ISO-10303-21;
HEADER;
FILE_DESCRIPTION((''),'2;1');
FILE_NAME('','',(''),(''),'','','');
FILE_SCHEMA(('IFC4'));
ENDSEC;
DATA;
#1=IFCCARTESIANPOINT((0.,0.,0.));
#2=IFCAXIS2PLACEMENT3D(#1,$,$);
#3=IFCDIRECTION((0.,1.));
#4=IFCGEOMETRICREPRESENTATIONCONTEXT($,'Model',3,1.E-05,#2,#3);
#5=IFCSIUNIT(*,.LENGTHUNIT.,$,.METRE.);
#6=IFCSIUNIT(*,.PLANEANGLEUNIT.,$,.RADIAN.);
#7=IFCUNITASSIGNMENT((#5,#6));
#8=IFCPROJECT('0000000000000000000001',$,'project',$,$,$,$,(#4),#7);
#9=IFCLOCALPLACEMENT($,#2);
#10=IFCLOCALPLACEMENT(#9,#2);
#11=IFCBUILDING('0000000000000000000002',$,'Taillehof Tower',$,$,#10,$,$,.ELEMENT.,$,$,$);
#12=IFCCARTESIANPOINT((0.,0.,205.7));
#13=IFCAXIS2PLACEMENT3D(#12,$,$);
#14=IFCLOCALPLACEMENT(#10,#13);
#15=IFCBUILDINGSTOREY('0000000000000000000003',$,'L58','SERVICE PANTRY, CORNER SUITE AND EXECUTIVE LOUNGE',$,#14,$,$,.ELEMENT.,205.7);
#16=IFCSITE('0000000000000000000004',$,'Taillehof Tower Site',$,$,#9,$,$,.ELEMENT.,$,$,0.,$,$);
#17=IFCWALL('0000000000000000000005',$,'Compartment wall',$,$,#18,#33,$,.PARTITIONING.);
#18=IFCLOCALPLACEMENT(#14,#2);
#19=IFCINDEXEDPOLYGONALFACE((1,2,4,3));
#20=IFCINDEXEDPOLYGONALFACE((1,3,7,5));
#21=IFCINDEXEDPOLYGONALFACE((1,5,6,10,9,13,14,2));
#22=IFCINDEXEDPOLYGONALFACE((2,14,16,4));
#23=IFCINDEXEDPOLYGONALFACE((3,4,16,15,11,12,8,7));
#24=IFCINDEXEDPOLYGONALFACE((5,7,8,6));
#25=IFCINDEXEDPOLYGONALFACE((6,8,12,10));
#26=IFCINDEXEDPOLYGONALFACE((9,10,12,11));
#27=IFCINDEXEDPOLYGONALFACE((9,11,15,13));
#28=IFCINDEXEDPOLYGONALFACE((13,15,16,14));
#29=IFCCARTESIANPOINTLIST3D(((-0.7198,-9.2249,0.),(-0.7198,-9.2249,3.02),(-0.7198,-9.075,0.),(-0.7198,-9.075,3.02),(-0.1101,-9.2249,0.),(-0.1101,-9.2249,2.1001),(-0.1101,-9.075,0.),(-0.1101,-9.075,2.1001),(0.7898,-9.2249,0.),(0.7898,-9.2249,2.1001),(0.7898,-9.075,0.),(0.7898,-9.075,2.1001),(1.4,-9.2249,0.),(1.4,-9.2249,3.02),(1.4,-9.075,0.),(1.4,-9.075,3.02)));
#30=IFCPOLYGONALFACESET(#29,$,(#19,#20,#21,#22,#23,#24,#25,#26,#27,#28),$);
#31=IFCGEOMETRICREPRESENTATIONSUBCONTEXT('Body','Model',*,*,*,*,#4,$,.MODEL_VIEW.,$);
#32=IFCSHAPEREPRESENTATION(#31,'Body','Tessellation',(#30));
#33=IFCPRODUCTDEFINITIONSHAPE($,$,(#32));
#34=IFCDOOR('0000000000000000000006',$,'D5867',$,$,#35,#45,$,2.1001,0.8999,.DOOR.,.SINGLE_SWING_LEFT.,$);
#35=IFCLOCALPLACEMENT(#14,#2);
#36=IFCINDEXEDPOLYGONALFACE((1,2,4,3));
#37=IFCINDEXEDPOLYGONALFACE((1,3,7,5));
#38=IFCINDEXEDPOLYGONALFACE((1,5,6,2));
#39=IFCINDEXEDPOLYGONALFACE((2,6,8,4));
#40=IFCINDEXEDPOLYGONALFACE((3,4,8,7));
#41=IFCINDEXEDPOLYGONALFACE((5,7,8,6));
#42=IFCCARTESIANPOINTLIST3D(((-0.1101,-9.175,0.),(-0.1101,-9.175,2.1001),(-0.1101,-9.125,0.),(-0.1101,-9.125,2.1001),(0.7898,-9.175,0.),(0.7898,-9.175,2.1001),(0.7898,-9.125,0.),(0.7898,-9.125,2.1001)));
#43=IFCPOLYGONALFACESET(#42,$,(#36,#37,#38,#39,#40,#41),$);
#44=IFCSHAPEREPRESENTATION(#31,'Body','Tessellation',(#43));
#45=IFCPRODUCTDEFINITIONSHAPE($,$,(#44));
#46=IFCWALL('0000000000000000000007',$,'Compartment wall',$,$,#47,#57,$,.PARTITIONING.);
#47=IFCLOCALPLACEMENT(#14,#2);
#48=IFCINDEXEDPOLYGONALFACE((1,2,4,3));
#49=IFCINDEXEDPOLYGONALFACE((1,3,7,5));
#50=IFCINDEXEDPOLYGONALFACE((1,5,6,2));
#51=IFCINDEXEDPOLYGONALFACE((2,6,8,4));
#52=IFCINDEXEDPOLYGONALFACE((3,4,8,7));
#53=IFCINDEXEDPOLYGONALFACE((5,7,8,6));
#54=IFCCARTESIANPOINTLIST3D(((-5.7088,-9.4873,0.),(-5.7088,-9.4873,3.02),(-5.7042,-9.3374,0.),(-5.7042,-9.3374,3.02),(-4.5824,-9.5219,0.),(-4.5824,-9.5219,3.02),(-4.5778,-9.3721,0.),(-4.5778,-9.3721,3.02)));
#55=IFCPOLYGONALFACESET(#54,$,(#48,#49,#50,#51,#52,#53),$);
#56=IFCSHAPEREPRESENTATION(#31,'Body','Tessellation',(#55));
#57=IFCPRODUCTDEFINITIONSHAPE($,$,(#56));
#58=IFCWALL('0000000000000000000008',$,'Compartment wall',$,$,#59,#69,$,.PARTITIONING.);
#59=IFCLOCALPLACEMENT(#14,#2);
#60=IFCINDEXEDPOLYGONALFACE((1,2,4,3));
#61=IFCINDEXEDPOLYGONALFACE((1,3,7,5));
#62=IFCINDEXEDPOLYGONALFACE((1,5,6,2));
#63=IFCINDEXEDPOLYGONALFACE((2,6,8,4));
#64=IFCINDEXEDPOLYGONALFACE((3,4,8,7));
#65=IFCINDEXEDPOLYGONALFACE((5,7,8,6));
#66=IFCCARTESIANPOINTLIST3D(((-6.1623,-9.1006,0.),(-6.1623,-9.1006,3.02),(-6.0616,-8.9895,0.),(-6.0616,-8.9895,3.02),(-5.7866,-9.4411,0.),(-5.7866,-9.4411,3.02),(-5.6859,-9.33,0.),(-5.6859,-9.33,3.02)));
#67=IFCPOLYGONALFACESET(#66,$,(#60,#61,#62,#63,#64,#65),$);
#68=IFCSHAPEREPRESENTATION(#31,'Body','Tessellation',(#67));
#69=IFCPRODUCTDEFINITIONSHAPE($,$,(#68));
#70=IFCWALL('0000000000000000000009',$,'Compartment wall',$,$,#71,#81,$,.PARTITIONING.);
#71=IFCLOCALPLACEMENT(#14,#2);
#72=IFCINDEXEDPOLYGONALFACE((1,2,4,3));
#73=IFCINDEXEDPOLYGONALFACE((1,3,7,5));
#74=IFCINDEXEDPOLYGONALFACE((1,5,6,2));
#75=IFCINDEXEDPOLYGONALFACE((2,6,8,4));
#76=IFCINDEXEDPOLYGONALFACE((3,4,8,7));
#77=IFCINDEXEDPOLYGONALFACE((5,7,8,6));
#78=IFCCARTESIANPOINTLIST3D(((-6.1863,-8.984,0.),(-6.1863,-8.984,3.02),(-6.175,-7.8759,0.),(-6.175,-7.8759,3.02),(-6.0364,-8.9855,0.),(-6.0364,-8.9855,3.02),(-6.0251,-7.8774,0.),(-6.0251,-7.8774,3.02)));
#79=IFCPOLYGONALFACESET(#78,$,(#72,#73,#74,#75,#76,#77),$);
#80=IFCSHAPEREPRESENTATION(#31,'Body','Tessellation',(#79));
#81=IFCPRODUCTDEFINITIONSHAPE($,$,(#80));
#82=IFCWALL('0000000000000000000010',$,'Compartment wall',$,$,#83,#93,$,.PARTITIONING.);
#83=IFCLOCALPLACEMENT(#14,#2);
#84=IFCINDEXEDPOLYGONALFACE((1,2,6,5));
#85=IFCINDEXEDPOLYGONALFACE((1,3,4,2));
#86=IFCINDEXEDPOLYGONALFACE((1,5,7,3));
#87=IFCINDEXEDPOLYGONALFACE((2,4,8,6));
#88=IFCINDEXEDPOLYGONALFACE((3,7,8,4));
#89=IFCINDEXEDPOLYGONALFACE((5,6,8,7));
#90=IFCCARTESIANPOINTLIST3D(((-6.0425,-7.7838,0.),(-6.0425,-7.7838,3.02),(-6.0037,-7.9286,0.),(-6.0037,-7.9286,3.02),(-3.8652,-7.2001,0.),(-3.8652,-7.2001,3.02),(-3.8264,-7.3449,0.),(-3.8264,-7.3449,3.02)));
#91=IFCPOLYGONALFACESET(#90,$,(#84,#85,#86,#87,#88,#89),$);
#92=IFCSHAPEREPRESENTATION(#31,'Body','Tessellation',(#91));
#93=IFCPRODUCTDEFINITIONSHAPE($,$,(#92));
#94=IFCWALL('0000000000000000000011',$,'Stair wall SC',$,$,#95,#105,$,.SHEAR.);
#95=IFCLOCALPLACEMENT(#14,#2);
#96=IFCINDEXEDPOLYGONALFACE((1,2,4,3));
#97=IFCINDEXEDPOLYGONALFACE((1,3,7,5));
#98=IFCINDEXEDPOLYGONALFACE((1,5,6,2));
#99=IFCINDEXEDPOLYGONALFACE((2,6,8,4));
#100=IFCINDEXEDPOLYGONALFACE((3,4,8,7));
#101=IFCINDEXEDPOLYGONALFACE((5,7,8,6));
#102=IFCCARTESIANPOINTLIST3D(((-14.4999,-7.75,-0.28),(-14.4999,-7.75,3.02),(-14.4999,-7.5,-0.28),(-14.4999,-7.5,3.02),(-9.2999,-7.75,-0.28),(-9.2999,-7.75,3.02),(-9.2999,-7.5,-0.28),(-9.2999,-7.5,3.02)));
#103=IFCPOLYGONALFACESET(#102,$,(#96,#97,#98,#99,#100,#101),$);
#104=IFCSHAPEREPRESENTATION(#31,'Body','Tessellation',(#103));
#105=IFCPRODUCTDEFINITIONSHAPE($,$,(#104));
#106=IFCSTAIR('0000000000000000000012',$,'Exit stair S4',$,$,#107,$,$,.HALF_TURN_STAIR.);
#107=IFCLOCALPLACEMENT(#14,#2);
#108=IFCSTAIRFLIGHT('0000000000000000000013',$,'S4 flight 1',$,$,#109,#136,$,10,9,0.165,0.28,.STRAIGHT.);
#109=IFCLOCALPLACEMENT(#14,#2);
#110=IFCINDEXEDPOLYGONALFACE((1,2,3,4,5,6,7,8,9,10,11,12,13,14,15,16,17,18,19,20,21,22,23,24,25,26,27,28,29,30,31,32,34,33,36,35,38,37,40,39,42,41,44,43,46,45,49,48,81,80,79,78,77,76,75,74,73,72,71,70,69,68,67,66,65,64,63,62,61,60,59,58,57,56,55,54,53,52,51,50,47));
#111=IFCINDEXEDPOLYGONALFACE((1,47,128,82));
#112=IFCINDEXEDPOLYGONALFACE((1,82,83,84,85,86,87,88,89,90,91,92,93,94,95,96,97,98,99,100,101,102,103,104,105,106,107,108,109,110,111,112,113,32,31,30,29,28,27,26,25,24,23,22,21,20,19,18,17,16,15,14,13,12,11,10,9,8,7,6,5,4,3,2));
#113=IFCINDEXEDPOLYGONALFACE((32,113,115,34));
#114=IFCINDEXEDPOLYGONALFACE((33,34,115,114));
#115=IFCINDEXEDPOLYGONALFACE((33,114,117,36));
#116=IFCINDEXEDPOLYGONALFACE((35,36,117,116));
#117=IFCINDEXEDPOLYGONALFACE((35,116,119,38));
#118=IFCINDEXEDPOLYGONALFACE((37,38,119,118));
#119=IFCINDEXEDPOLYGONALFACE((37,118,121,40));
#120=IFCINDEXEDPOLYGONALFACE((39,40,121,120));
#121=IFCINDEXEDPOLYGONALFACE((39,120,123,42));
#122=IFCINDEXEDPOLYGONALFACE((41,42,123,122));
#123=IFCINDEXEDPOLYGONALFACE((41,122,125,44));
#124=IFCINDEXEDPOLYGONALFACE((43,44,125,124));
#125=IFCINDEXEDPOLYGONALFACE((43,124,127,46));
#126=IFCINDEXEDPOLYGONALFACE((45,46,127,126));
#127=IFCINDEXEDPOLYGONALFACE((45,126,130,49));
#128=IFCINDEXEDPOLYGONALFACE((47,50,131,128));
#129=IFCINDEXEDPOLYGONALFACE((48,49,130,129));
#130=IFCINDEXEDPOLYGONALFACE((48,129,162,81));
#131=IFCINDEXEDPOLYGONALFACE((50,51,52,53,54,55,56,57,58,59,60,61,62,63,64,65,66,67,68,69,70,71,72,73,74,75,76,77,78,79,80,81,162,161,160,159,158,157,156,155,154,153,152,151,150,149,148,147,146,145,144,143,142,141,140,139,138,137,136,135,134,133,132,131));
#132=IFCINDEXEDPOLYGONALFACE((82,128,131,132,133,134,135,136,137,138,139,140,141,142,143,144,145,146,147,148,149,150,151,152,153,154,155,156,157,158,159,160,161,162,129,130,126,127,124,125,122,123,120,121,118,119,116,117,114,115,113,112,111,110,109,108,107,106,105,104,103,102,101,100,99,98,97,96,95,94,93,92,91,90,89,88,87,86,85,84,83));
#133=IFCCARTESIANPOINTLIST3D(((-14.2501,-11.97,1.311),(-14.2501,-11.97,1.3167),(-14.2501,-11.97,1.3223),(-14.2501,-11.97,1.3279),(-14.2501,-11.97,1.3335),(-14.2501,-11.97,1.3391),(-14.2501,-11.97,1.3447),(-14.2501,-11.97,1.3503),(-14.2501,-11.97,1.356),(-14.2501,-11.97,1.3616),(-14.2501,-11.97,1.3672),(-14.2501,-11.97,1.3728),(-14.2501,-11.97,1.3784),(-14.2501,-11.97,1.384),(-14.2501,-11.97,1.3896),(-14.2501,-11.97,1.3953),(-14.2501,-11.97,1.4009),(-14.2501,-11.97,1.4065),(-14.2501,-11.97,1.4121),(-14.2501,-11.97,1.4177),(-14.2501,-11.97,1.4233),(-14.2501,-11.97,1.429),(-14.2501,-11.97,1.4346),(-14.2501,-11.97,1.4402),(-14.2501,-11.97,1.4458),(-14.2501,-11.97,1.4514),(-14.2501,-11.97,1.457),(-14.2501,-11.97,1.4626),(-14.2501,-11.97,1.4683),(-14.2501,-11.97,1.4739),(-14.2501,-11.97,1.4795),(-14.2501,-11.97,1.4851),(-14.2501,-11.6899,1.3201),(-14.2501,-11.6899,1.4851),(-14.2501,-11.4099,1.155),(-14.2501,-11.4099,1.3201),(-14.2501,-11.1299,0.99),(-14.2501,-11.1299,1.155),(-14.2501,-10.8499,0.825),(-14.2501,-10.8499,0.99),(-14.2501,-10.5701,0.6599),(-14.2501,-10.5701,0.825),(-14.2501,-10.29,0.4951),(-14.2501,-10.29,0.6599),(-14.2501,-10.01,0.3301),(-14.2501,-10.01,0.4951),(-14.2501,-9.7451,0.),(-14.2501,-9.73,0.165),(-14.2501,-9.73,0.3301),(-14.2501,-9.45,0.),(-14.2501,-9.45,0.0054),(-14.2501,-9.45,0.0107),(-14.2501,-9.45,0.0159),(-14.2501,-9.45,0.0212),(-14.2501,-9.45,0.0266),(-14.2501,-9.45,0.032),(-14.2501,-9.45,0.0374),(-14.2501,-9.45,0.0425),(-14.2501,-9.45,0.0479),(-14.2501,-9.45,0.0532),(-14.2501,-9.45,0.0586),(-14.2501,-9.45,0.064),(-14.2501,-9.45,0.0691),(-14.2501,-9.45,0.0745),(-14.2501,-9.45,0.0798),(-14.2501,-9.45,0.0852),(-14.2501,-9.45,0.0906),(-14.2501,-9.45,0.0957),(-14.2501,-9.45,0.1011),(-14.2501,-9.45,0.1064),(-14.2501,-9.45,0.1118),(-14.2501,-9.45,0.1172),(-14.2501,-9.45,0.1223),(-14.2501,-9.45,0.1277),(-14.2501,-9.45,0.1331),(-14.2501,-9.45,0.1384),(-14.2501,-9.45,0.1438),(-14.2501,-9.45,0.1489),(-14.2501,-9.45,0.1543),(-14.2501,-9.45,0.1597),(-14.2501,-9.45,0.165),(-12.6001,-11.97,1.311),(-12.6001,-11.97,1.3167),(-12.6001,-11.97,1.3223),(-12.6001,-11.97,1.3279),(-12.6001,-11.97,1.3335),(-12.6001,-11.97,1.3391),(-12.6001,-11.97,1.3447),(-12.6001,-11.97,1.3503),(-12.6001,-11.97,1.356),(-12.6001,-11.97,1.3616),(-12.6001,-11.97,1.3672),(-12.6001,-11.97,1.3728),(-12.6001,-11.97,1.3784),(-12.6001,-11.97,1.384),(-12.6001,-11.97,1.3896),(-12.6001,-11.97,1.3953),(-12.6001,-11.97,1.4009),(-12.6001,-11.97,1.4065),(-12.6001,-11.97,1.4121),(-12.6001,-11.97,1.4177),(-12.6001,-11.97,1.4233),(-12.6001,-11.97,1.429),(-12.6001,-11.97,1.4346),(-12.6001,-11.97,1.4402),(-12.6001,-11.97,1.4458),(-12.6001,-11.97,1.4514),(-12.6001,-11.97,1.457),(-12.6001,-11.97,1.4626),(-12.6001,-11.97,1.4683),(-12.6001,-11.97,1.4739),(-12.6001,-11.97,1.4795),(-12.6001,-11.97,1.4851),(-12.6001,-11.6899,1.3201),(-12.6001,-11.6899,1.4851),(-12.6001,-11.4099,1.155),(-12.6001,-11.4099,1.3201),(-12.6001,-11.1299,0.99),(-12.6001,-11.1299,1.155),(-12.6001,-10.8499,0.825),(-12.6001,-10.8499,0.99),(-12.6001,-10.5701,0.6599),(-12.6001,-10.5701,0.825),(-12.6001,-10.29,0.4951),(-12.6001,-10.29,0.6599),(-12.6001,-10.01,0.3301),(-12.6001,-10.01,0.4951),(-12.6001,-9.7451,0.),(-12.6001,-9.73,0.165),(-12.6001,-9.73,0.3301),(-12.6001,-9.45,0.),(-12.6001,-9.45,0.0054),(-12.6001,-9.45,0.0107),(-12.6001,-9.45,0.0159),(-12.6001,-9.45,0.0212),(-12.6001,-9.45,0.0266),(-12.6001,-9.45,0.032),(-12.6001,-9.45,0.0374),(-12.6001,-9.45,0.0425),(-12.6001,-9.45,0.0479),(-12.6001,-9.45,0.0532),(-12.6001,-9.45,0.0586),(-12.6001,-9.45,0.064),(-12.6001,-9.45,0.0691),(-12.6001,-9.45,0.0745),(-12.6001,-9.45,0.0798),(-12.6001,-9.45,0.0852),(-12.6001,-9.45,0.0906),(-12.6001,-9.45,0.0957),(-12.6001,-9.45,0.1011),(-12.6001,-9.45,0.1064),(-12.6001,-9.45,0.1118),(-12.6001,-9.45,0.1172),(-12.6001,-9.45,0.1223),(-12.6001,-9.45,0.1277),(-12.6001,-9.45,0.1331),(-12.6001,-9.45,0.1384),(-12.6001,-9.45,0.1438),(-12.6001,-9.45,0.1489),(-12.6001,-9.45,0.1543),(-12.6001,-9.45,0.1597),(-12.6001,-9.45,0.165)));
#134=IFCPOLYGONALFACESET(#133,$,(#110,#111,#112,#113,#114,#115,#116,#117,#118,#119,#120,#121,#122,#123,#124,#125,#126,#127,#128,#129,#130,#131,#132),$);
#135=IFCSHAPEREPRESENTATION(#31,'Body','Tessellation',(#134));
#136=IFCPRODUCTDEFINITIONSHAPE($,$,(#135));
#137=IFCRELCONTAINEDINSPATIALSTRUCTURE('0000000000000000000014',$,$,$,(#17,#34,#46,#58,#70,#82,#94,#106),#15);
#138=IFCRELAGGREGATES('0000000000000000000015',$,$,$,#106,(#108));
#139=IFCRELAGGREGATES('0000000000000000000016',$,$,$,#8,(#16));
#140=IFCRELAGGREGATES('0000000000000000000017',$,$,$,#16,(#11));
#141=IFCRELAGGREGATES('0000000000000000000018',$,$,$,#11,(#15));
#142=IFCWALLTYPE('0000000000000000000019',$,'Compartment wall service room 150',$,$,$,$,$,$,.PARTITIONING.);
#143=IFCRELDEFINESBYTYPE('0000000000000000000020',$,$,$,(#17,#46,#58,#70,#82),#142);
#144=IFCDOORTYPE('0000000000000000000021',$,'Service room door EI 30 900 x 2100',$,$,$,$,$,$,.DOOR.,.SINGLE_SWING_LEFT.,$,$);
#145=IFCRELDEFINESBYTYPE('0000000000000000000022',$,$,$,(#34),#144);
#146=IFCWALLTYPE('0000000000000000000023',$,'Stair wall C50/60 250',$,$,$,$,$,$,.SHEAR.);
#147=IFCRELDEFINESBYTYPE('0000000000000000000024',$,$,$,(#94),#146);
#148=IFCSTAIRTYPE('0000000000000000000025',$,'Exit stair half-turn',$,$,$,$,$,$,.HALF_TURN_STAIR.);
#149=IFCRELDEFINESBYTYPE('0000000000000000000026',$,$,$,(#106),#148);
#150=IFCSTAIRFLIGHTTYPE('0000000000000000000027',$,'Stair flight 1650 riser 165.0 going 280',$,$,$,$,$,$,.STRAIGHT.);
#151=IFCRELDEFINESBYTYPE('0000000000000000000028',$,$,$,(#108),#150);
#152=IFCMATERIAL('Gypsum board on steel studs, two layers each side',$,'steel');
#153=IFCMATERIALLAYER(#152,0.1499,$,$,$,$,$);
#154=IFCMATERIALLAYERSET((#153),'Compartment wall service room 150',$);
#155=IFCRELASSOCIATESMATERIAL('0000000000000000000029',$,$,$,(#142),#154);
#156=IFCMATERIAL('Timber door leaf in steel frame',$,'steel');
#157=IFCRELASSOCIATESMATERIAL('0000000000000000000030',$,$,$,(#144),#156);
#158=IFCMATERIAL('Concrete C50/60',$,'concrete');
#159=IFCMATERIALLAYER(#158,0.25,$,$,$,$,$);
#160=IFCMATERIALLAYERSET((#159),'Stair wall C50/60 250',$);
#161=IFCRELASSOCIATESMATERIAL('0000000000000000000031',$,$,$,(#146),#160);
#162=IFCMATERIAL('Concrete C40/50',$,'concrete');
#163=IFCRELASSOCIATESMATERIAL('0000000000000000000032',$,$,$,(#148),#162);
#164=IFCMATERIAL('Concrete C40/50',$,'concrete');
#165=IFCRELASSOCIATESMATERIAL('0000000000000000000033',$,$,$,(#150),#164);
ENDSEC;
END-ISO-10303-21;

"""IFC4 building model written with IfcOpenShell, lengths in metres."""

from ifc_helpers import new_model, si_unit, direction, frame, frame_2d, origin, place, context, subcontext, project, spatial, polyline, rectangle, outline, extrude, material, layer, layer_set, type_object, element, fill, aggregate, save


model = new_model("IFC4")

# Units and contexts
model_context = context("Model", 3, precision=1e-05, world=origin(), true_north=direction((0.0, 1.0)))
body_context = subcontext(model_context, "Body", "Model", "MODEL_VIEW")
ifc_project = project(units=[si_unit("LENGTHUNIT", "METRE"), si_unit("PLANEANGLEUNIT", "RADIAN")], contexts=[model_context])

# Site, building, storey
site_placement = place(None, origin())
site = spatial("IfcSite", under=ifc_project, at=site_placement, Name="Taillehof Tower Site", CompositionType="ELEMENT", RefElevation=0.0)
building_placement = place(site_placement, origin())
building = spatial("IfcBuilding", under=site, at=building_placement, Name="Taillehof Tower", CompositionType="ELEMENT")
storey_placement = place(building_placement, frame((0.0, 0.0, 205.7)))
storey = spatial("IfcBuildingStorey", under=building, at=storey_placement, Name="L58", Description="SERVICE PANTRY, CORNER SUITE AND EXECUTIVE LOUNGE", CompositionType="ELEMENT", Elevation=205.7)

# Shared definitions
ifc_material_1 = material(Name="Gypsum board on steel studs, two layers each side", Category="steel")
ifc_layer_1 = layer(ifc_material_1, 0.1499)
ifc_layer_set_1 = layer_set([ifc_layer_1], Name="Compartment wall service room 150")
wall_type_1 = type_object("IfcWallType", Name="Compartment wall service room 150", PredefinedType="PARTITIONING", material=ifc_layer_set_1)

# Wall, opening, door
wall_1_placement = place(storey_placement, frame((-0.72, -9.1499, 0.0), z_axis=(0.0, 0.0, 1.0), x_axis=(1.0, 0.0, 0.0)))
wall_1 = element("IfcWall", 1, at=wall_1_placement, inside=storey, type_object=wall_type_1, Name="Compartment wall", PredefinedType="PARTITIONING", context=body_context, shape_type="SweptSolid", body=[
    extrude(rectangle(XDim=2.1199, YDim=0.1499, at=frame_2d((1.0601, 0.0))), origin(), (0.0, 0.0, 1.0), 3.02),
])
opening_placement = place(wall_1_placement, frame((0.6099, 0.0, 0.0)))
opening = element("IfcOpeningElement", 2, at=opening_placement, cuts=wall_1, PredefinedType="OPENING", context=body_context, shape_type="SweptSolid", body=[
    extrude(rectangle(XDim=0.8999, YDim=2.1001, at=frame_2d((0.45, 1.05))), frame((0.0, 0.085, 0.0), z_axis=(0.0, -1.0, 0.0), x_axis=(1.0, 0.0, 0.0)), (0.0, 0.0, 1.0), 0.1699),
])
ifc_material_2 = material(Name="Timber door leaf in steel frame", Category="steel")
door_type = type_object("IfcDoorType", Name="Service room door EI 30 900 x 2100", OperationType="SINGLE_SWING_LEFT", PredefinedType="DOOR", material=ifc_material_2)
door_placement = place(opening_placement, origin())
door = element("IfcDoor", 3, at=door_placement, inside=storey, type_object=door_type, Name="D5867", OperationType="SINGLE_SWING_LEFT", OverallHeight=2.1001, OverallWidth=0.8999, PredefinedType="DOOR", context=body_context, shape_type="SweptSolid", body=[
    extrude(rectangle(XDim=0.8999, YDim=2.1001, at=frame_2d((0.45, 1.05))), frame((0.0, 0.0249, 0.0), z_axis=(0.0, -1.0, 0.0), x_axis=(1.0, 0.0, 0.0)), (0.0, 0.0, 1.0), 0.05),
])
fill(opening, door)

# Walls
wall_2_placement = place(storey_placement, frame((-4.5801, -9.447, 0.0), z_axis=(0.0, 0.0, 1.0), x_axis=(-0.999527, 0.030761, 0.0)))
element("IfcWall", 4, at=wall_2_placement, inside=storey, type_object=wall_type_1, Name="Compartment wall", PredefinedType="PARTITIONING", context=body_context, shape_type="SweptSolid", body=[
    extrude(rectangle(XDim=1.127, YDim=0.1499, at=frame_2d((0.5635, 0.0))), origin(), (0.0, 0.0, 1.0), 3.02),
])
wall_3_placement = place(storey_placement, frame((-5.7363, -9.3855, 0.0), z_axis=(0.0, 0.0, 1.0), x_axis=(-0.74092, 0.671594, 0.0)))
element("IfcWall", 5, at=wall_3_placement, inside=storey, type_object=wall_type_1, Name="Compartment wall", PredefinedType="PARTITIONING", context=body_context, shape_type="SweptSolid", body=[
    extrude(rectangle(XDim=0.5071, YDim=0.1499, at=frame_2d((0.2534, 0.0))), origin(), (0.0, 0.0, 1.0), 3.02),
])
wall_4_placement = place(storey_placement, frame((-6.1113, -8.9849, 0.0), z_axis=(0.0, 0.0, 1.0), x_axis=(0.010134, 0.999949, 0.0)))
element("IfcWall", 6, at=wall_4_placement, inside=storey, type_object=wall_type_1, Name="Compartment wall", PredefinedType="PARTITIONING", context=body_context, shape_type="SweptSolid", body=[
    extrude(rectangle(XDim=1.1082, YDim=0.1499, at=frame_2d((0.5542, 0.0))), origin(), (0.0, 0.0, 1.0), 3.02),
])
wall_5_placement = place(storey_placement, frame((-6.0229, -7.8562, 0.0), z_axis=(0.0, 0.0, 1.0), x_axis=(0.965887, 0.258963, 0.0)))
element("IfcWall", 7, at=wall_5_placement, inside=storey, type_object=wall_type_1, Name="Compartment wall", PredefinedType="PARTITIONING", context=body_context, shape_type="SweptSolid", body=[
    extrude(rectangle(XDim=2.2542, YDim=0.1499, at=frame_2d((1.127, 0.0))), origin(), (0.0, 0.0, 1.0), 3.02),
])
ifc_material_3 = material(Name="Concrete C50/60", Category="concrete")
ifc_layer_2 = layer(ifc_material_3, 0.25)
ifc_layer_set_2 = layer_set([ifc_layer_2], Name="Stair wall C50/60 250")
wall_type_2 = type_object("IfcWallType", Name="Stair wall C50/60 250", PredefinedType="SHEAR", material=ifc_layer_set_2)
wall_6_placement = place(storey_placement, frame((-14.5, -7.625, -0.28), z_axis=(0.0, 0.0, 1.0), x_axis=(1.0, 0.0, 0.0)))
element("IfcWall", 8, at=wall_6_placement, inside=storey, type_object=wall_type_2, Name="Stair wall SC", PredefinedType="SHEAR", context=body_context, shape_type="SweptSolid", body=[
    extrude(rectangle(XDim=5.2, YDim=0.25, at=frame_2d((2.6001, 0.0))), origin(), (0.0, 0.0, 1.0), 3.3),
])

# Stair, stair flight
ifc_material_4 = material(Name="Concrete C40/50", Category="concrete")
stair_type = type_object("IfcStairType", Name="Exit stair half-turn", PredefinedType="HALF_TURN_STAIR", material=ifc_material_4)
stair_placement = place(storey_placement, origin())
stair = element("IfcStair", 9, at=stair_placement, inside=storey, type_object=stair_type, Name="Exit stair S4", PredefinedType="HALF_TURN_STAIR")
ifc_material_5 = material(Name="Concrete C40/50", Category="concrete")
stair_flight_type = type_object("IfcStairFlightType", Name="Stair flight 1650 riser 165.0 going 280", PredefinedType="STRAIGHT", material=ifc_material_5)
stair_flight_placement = place(storey_placement, frame((-13.425, -9.45, 0.0), z_axis=(0.0, 0.0, 1.0), x_axis=(0.0, -1.0, 0.0)))
stair_flight = element("IfcStairFlight", 10, at=stair_flight_placement, type_object=stair_flight_type, Name="S4 flight 1", NumberOfRisers=10, NumberOfTreads=9, PredefinedType="STRAIGHT", RiserHeight=0.165, TreadLength=0.28, context=body_context, shape_type="SweptSolid", body=[
    extrude(outline(polyline([(0.0, 0.0), (0.0, 0.0054), (0.0, 0.0107), (0.0, 0.0159), (0.0, 0.0212), (0.0, 0.0266), (0.0, 0.032), (0.0, 0.0374), (0.0, 0.0425), (0.0, 0.0479), (0.0, 0.0532), (0.0, 0.0586), (0.0, 0.064), (0.0, 0.0691), (0.0, 0.0745), (0.0, 0.0798), (0.0, 0.0852), (0.0, 0.0906), (0.0, 0.0957), (0.0, 0.1011), (0.0, 0.1064), (0.0, 0.1118), (0.0, 0.1172), (0.0, 0.1223), (0.0, 0.1277), (0.0, 0.1331), (0.0, 0.1384), (0.0, 0.1438), (0.0, 0.1489), (0.0, 0.1543), (0.0, 0.1597), (0.0, 0.165), (0.28, 0.165), (0.28, 0.3301), (0.5601, 0.3301), (0.5601, 0.4951), (0.8401, 0.4951), (0.8401, 0.6599), (1.1201, 0.6599), (1.1201, 0.825), (1.3999, 0.825), (1.3999, 0.99), (1.6799, 0.99), (1.6799, 1.155), (1.96, 1.155), (1.96, 1.3201), (2.24, 1.3201), (2.24, 1.4851), (2.52, 1.4851), (2.52, 1.4795), (2.52, 1.4739), (2.52, 1.4683), (2.52, 1.4626), (2.52, 1.457), (2.52, 1.4514), (2.52, 1.4458), (2.52, 1.4402), (2.52, 1.4346), (2.52, 1.429), (2.52, 1.4233), (2.52, 1.4177), (2.52, 1.4121), (2.52, 1.4065), (2.52, 1.4009), (2.52, 1.3953), (2.52, 1.3896), (2.52, 1.384), (2.52, 1.3784), (2.52, 1.3728), (2.52, 1.3672), (2.52, 1.3616), (2.52, 1.356), (2.52, 1.3503), (2.52, 1.3447), (2.52, 1.3391), (2.52, 1.3335), (2.52, 1.3279), (2.52, 1.3223), (2.52, 1.3167), (2.52, 1.311), (0.2952, 0.0), (0.0, 0.0)])), frame((0.0, 0.825, 0.0), z_axis=(0.0, -1.0, 0.0), x_axis=(1.0, 0.0, 0.0)), (0.0, 0.0, 1.0), 1.65),
])
aggregate(stair, [stair_flight])

save(model, "model.ifc")
